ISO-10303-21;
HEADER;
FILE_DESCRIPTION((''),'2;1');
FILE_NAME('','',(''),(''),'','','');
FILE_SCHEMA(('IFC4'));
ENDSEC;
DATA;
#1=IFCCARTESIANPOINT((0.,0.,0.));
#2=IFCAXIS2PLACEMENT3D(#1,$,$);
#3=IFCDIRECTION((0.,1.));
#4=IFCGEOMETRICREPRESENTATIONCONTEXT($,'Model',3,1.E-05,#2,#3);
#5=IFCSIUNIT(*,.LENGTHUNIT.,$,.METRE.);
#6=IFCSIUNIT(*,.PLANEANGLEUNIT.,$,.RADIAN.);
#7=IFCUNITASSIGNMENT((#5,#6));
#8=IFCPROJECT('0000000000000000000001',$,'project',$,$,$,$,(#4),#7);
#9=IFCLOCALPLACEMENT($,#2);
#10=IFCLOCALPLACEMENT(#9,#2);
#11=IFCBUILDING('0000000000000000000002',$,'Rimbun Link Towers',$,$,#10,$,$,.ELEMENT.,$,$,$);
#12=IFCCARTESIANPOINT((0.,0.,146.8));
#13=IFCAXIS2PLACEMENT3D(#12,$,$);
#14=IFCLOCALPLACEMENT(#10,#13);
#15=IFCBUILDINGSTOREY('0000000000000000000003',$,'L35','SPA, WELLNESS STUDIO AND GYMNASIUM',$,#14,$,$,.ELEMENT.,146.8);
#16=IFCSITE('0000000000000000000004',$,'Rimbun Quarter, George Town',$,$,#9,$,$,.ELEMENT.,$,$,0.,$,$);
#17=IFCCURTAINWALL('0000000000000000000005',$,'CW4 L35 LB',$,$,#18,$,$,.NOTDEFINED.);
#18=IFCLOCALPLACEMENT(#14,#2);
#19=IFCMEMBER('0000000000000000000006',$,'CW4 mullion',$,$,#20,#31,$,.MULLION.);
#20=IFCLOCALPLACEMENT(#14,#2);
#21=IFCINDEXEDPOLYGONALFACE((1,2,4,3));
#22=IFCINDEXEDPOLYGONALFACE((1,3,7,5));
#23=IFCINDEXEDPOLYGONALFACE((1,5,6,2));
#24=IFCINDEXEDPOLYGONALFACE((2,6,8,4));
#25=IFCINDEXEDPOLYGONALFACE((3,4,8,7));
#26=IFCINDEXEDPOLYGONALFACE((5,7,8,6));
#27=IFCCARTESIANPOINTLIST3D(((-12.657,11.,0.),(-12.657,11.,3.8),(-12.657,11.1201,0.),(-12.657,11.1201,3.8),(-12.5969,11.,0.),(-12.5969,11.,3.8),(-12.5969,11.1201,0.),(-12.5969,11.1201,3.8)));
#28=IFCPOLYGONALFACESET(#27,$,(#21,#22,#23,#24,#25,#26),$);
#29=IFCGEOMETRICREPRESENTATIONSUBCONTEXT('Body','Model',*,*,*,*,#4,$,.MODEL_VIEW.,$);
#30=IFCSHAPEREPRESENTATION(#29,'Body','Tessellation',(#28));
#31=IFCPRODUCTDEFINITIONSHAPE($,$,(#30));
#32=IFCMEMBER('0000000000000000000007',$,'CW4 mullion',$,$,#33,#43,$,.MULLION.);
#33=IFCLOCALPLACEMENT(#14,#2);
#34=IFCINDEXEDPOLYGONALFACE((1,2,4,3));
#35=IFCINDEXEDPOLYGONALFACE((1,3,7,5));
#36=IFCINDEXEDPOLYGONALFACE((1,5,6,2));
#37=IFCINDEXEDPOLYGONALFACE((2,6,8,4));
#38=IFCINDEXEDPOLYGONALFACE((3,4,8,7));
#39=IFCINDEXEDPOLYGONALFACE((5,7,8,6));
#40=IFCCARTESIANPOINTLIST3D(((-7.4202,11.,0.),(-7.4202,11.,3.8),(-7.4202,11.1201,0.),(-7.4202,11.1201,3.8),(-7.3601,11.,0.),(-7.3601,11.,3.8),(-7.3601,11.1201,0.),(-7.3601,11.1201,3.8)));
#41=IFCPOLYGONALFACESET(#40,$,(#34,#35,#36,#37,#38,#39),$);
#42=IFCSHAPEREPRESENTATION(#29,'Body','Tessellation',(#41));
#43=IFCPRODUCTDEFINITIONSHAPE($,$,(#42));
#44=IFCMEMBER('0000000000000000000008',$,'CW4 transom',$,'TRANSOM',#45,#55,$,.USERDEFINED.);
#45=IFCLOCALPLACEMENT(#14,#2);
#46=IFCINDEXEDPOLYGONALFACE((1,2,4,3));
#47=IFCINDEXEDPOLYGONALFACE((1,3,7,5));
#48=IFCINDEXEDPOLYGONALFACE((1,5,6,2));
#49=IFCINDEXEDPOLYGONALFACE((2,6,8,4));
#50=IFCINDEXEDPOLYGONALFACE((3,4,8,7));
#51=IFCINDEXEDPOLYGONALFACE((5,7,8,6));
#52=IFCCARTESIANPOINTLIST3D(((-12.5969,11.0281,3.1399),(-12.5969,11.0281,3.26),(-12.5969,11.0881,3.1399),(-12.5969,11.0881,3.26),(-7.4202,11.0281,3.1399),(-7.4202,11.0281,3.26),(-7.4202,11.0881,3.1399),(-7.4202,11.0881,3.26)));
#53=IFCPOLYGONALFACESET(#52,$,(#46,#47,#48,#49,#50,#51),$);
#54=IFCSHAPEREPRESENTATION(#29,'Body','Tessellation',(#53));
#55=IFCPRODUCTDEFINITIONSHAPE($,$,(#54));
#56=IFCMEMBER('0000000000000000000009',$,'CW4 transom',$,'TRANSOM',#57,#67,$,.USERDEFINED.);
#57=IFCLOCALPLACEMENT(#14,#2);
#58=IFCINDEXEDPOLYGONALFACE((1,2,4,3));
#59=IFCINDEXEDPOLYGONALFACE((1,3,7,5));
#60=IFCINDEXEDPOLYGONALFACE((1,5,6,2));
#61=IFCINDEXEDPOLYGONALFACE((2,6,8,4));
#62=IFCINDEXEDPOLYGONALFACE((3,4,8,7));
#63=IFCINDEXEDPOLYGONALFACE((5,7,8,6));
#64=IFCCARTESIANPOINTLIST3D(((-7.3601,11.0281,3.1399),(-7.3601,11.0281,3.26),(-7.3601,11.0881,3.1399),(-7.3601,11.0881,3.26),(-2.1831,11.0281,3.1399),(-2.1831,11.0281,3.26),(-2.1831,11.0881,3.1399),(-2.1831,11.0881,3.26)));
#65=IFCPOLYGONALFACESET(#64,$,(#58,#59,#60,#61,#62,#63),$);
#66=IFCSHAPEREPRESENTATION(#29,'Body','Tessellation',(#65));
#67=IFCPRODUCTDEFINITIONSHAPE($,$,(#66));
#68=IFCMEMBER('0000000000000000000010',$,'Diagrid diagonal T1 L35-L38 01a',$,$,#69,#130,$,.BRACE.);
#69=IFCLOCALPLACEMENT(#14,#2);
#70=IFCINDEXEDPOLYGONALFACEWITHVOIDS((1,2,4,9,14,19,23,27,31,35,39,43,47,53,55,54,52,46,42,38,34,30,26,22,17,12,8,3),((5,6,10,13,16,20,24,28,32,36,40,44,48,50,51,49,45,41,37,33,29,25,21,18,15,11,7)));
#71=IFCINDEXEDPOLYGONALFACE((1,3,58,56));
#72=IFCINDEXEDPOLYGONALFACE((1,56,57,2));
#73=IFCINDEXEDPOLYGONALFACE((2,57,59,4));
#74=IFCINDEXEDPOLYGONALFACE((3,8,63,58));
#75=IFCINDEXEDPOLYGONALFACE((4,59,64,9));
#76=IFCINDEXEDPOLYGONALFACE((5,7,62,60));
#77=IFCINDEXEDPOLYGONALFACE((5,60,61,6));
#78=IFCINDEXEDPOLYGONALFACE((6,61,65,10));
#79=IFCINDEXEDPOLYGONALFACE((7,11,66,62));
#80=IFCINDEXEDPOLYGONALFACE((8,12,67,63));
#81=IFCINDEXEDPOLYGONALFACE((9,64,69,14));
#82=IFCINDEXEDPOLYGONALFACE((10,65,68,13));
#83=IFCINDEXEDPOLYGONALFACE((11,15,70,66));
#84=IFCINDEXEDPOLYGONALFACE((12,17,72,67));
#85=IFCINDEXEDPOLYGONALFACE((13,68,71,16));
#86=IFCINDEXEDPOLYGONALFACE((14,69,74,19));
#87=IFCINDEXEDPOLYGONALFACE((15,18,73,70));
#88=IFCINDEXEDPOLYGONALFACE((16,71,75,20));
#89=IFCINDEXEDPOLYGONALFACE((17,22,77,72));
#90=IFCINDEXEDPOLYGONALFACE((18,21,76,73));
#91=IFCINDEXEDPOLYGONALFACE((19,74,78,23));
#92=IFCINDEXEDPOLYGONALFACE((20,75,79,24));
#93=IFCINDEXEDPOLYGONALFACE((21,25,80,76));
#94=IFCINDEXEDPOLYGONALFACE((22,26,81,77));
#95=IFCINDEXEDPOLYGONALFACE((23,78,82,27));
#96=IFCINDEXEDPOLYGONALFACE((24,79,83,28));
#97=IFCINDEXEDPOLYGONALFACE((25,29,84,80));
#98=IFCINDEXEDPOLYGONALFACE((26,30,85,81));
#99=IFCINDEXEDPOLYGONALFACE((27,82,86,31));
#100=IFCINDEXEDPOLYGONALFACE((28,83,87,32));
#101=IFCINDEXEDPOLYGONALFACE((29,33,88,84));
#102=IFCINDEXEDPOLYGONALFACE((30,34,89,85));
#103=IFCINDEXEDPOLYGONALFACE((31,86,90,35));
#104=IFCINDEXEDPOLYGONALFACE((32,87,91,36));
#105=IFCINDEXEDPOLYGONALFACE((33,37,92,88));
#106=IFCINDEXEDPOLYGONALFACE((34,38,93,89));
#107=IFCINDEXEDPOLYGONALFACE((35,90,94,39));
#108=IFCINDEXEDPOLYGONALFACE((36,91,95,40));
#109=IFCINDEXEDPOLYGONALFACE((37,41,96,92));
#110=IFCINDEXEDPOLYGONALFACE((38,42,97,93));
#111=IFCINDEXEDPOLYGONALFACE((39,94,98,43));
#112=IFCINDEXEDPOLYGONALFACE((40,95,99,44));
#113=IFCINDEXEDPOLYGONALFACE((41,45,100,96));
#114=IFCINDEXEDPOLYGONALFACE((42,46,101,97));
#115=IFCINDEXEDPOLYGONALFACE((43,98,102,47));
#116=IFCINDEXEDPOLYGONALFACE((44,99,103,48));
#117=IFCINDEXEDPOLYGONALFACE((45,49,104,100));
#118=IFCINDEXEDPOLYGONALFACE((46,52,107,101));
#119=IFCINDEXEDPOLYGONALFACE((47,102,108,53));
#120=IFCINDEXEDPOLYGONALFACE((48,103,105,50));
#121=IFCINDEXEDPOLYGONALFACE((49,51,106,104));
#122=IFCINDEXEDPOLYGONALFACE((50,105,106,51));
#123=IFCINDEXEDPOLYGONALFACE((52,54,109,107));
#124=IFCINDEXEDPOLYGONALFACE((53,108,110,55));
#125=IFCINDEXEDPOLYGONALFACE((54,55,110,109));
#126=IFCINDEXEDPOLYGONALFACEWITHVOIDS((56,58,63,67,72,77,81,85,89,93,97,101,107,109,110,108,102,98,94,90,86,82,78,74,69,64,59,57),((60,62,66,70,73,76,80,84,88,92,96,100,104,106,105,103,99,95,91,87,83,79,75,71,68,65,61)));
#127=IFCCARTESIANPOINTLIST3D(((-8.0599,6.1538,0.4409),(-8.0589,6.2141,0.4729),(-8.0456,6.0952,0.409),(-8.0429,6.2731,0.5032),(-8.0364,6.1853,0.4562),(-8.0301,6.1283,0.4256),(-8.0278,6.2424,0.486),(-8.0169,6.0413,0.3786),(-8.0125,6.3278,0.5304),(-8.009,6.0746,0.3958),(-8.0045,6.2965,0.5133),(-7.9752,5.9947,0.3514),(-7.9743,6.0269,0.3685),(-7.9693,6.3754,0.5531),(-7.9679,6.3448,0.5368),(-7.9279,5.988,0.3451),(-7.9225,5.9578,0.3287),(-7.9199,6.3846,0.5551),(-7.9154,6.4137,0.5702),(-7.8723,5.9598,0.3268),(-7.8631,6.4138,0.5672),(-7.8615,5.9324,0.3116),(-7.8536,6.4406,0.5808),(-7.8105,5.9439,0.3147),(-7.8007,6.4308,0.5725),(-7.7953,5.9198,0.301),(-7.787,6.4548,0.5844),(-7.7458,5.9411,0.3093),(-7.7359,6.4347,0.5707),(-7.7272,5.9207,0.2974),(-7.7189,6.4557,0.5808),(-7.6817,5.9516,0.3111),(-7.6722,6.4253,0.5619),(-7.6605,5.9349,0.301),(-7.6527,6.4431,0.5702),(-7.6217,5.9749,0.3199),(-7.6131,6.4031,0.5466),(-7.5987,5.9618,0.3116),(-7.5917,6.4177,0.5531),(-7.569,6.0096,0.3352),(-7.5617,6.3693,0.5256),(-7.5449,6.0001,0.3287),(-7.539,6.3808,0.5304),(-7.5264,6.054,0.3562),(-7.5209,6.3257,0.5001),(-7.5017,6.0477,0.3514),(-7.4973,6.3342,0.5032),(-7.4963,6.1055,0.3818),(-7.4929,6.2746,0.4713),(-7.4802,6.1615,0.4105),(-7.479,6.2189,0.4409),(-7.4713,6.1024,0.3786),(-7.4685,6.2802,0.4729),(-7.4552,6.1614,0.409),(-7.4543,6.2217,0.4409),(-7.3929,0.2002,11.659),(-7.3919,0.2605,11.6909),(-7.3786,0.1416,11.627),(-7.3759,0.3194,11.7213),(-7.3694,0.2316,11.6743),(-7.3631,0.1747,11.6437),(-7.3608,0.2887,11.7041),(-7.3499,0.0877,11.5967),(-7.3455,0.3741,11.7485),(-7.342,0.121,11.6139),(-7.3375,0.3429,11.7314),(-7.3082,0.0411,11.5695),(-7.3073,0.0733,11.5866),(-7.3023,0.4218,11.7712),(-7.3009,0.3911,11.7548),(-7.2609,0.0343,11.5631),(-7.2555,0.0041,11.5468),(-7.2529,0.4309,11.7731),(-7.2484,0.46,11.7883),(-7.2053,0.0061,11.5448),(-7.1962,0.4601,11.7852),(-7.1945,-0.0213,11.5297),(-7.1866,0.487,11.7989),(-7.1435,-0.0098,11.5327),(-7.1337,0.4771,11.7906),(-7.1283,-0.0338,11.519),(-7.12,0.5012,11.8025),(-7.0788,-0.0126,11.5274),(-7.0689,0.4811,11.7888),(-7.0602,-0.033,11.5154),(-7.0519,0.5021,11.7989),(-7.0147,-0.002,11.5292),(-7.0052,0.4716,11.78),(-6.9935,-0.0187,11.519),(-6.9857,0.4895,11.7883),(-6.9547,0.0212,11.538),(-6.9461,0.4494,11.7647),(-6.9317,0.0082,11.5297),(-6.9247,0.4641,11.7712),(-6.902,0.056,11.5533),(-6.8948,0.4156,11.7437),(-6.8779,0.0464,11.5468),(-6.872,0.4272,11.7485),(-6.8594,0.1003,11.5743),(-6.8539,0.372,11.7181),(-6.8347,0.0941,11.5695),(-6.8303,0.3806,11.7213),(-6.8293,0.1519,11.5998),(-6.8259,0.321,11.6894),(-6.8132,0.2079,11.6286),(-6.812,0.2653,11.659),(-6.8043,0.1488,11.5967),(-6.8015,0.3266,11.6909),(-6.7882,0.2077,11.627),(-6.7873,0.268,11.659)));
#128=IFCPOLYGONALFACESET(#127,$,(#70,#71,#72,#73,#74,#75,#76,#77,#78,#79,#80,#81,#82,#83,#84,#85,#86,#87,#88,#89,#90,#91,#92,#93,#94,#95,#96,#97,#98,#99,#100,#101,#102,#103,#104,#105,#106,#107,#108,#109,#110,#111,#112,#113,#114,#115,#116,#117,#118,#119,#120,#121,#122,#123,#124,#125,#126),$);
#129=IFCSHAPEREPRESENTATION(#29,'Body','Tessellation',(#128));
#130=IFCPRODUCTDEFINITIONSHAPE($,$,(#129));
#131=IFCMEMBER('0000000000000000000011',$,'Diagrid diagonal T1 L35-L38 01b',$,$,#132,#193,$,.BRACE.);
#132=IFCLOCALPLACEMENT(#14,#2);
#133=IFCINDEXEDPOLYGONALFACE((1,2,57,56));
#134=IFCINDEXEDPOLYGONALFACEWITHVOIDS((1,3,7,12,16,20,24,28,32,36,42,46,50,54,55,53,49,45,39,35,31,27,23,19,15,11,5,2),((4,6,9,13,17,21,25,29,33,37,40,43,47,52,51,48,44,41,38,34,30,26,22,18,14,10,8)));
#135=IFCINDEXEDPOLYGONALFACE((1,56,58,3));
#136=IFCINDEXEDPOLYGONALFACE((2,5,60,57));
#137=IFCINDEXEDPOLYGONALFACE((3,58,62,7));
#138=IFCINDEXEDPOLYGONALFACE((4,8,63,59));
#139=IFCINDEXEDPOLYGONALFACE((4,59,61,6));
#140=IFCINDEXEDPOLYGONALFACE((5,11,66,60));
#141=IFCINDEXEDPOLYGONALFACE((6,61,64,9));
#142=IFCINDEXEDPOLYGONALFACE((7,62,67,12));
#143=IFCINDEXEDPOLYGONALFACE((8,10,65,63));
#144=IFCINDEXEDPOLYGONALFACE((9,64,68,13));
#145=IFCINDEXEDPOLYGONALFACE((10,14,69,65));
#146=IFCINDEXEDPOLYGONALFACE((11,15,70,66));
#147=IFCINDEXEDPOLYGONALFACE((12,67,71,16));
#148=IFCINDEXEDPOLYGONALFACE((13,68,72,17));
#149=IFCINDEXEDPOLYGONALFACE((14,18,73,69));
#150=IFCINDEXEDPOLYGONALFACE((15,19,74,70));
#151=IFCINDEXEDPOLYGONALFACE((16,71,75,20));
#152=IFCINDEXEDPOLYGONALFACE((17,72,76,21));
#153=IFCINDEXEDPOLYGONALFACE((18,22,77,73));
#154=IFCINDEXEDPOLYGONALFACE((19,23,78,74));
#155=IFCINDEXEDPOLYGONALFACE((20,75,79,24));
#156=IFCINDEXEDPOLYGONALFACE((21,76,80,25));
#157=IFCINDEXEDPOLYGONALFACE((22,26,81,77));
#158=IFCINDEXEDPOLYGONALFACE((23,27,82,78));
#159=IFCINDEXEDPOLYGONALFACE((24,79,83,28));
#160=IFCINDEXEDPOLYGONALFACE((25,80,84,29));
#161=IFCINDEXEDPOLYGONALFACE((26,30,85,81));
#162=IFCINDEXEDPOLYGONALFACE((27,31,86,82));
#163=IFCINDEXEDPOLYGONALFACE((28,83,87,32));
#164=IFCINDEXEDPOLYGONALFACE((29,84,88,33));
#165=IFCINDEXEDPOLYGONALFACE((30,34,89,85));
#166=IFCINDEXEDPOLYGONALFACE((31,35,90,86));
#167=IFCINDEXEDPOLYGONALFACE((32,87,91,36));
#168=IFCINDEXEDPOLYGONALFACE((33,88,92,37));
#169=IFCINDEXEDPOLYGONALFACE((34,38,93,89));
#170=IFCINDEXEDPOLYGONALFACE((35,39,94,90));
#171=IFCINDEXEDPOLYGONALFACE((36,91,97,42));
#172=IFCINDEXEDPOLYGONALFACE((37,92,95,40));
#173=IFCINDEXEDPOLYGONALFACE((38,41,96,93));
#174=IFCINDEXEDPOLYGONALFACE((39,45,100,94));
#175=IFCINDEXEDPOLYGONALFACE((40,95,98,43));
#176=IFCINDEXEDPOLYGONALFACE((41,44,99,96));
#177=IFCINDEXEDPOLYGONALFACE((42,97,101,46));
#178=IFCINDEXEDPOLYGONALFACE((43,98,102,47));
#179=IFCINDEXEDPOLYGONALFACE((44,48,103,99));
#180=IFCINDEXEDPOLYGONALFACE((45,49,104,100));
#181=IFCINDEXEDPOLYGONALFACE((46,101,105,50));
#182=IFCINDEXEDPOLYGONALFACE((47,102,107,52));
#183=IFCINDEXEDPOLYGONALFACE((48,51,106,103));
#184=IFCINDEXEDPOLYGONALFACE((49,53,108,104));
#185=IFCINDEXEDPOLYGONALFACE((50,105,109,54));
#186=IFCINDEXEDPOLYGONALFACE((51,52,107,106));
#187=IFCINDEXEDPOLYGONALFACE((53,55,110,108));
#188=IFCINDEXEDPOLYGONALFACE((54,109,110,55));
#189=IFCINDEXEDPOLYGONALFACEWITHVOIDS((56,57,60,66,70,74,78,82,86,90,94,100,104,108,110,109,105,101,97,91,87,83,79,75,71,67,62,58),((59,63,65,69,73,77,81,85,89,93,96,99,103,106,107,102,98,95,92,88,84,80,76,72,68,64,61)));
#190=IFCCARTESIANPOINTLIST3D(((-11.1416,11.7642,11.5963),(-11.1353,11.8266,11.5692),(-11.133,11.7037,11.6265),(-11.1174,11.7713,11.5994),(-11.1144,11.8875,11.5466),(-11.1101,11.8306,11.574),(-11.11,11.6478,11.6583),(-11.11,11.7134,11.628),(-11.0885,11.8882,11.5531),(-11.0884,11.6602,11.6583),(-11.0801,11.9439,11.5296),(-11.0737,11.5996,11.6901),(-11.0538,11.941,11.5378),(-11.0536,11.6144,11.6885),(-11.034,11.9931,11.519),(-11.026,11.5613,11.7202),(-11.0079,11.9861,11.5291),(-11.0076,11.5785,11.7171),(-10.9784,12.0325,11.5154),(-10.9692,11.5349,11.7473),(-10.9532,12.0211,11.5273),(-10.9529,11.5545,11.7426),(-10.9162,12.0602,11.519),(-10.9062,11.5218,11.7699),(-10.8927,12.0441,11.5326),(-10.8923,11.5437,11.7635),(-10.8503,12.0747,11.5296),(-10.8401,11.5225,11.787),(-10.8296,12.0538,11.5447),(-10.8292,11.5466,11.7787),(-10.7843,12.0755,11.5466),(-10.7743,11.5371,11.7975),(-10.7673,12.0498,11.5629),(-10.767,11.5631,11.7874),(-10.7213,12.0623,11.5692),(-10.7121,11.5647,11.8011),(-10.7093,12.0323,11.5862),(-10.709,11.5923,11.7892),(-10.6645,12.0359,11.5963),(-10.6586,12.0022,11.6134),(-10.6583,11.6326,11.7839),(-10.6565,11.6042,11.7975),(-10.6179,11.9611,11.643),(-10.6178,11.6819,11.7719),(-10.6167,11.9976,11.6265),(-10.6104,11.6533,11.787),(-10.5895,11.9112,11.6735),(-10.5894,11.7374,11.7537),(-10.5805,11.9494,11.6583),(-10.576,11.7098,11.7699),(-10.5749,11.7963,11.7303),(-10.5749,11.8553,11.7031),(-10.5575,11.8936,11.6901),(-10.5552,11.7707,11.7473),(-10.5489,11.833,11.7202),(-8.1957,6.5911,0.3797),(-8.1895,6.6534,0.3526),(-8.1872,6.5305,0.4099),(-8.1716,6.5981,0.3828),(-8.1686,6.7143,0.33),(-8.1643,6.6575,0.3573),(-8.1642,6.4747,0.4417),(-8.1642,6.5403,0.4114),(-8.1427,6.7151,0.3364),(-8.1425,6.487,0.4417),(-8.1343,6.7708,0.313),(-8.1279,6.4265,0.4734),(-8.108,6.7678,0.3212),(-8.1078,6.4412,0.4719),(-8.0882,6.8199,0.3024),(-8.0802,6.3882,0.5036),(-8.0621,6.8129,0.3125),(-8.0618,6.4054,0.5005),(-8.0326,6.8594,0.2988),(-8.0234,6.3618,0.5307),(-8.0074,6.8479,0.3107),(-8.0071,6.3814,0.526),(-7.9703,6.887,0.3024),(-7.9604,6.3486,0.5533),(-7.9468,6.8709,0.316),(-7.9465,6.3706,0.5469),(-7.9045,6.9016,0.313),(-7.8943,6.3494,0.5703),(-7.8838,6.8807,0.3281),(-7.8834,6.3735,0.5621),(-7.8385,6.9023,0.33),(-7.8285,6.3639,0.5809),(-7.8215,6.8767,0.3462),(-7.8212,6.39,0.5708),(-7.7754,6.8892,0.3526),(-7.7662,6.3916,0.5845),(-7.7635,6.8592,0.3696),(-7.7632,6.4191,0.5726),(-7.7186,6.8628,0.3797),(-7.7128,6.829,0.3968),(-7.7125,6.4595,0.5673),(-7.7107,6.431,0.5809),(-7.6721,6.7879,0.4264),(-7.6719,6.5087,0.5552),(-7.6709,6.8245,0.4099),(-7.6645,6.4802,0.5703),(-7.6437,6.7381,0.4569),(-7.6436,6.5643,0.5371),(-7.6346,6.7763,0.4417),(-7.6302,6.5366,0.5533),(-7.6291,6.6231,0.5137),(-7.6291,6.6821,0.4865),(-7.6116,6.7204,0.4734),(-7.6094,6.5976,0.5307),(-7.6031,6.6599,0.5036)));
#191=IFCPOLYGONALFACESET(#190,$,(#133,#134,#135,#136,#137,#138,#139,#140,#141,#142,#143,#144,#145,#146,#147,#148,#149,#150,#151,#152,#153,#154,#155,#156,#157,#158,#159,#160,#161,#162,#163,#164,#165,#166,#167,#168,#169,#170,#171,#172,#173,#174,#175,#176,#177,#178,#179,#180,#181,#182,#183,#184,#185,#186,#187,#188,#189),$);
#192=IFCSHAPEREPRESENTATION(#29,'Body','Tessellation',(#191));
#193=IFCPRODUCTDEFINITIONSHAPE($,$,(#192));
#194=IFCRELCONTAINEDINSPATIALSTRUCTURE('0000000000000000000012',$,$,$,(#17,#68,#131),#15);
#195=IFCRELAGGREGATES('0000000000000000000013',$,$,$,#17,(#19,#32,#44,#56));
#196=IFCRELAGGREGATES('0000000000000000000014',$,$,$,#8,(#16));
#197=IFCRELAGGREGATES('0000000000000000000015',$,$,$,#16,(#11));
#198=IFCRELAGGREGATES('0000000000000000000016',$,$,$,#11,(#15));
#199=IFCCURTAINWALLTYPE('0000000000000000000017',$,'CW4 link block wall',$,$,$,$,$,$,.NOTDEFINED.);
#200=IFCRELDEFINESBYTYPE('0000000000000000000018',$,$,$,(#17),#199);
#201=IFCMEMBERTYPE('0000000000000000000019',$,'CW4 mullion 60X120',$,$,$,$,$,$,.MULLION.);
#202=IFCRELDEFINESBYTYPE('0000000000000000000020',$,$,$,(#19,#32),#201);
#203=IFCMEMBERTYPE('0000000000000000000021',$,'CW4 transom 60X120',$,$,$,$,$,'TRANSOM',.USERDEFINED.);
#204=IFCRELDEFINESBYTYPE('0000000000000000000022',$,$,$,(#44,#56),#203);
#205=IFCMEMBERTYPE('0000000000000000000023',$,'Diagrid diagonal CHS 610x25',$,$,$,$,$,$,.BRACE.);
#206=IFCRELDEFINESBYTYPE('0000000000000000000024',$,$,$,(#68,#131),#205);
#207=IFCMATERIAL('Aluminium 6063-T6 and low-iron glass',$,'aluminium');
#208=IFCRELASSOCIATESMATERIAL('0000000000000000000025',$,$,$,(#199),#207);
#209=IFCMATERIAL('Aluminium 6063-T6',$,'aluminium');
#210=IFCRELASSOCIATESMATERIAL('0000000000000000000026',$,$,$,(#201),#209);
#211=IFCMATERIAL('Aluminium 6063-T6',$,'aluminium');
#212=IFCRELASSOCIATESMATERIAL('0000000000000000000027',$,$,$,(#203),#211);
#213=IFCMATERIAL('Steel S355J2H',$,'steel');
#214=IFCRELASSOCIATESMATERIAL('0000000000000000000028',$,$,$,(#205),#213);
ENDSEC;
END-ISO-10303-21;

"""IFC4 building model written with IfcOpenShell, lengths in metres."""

from ifc_helpers import new_model, si_unit, direction, frame, origin, origin_2d, place, context, subcontext, project, spatial, rectangle, hollow_circle, extrude, material, material_profile, profile_set, type_object, element, aggregate, save


model = new_model("IFC4")

# Units and contexts
model_context = context("Model", 3, precision=1e-05, world=origin(), true_north=direction((0.0, 1.0)))
body_context = subcontext(model_context, "Body", "Model", "MODEL_VIEW")
ifc_project = project(units=[si_unit("LENGTHUNIT", "METRE"), si_unit("PLANEANGLEUNIT", "RADIAN")], contexts=[model_context])

# Site, building, storey
site_placement = place(None, origin())
site = spatial("IfcSite", under=ifc_project, at=site_placement, Name="Rimbun Quarter, George Town", CompositionType="ELEMENT", RefElevation=0.0)
building_placement = place(site_placement, origin())
building = spatial("IfcBuilding", under=site, at=building_placement, Name="Rimbun Link Towers", CompositionType="ELEMENT")
storey_placement = place(building_placement, frame((0.0, 0.0, 146.8)))
storey = spatial("IfcBuildingStorey", under=building, at=storey_placement, Name="L35", Description="SPA, WELLNESS STUDIO AND GYMNASIUM", CompositionType="ELEMENT", Elevation=146.8)

# Curtain wall, members
ifc_material_1 = material(Name="Aluminium 6063-T6 and low-iron glass", Category="aluminium")
curtain_wall_type = type_object("IfcCurtainWallType", Name="CW4 link block wall", PredefinedType="NOTDEFINED", material=ifc_material_1)
curtain_wall_placement = place(storey_placement, origin())
curtain_wall = element("IfcCurtainWall", 1, at=curtain_wall_placement, inside=storey, type_object=curtain_wall_type, Name="CW4 L35 LB", PredefinedType="NOTDEFINED")
ifc_material_2 = material(Name="Aluminium 6063-T6", Category="aluminium")
ifc_material_profile_1 = material_profile(ifc_material_2, rectangle(XDim=0.1201, YDim=0.0601, at=origin_2d()), Name="MULLION 60X120")
ifc_profile_set_1 = profile_set([ifc_material_profile_1], Name="Aluminium 6063-T6")
member_type_1 = type_object("IfcMemberType", Name="CW4 mullion 60X120", PredefinedType="MULLION", material=ifc_profile_set_1)
member_1_placement = place(storey_placement, frame((-12.627, 11.0601, 0.0), z_axis=(0.0, 0.0, 1.0), x_axis=(0.0, 1.0, 0.0)))
member_1 = element("IfcMember", 2, at=member_1_placement, type_object=member_type_1, Name="CW4 mullion", PredefinedType="MULLION", context=body_context, shape_type="SweptSolid", body=[
    extrude(rectangle(XDim=0.1201, YDim=0.0601, at=origin_2d()), origin(), (0.0, 0.0, 1.0), 3.8),
])
member_2_placement = place(storey_placement, frame((-7.3901, 11.0601, 0.0), z_axis=(0.0, 0.0, 1.0), x_axis=(0.0, 1.0, 0.0)))
member_2 = element("IfcMember", 3, at=member_2_placement, type_object=member_type_1, Name="CW4 mullion", PredefinedType="MULLION", context=body_context, shape_type="SweptSolid", body=[
    extrude(rectangle(XDim=0.1201, YDim=0.0601, at=origin_2d()), origin(), (0.0, 0.0, 1.0), 3.8),
])
ifc_material_3 = material(Name="Aluminium 6063-T6", Category="aluminium")
ifc_material_profile_2 = material_profile(ifc_material_3, rectangle(XDim=0.0601, YDim=0.1201, at=origin_2d()), Name="TRANSOM 60X120")
ifc_profile_set_2 = profile_set([ifc_material_profile_2], Name="Aluminium 6063-T6")
member_type_2 = type_object("IfcMemberType", Name="CW4 transom 60X120", ElementType="TRANSOM", PredefinedType="USERDEFINED", material=ifc_profile_set_2)
member_3_placement = place(storey_placement, frame((-12.5969, 11.0581, 3.2), z_axis=(1.0, 0.0, 0.0), x_axis=(0.0, 1.0, 0.0)))
member_3 = element("IfcMember", 4, at=member_3_placement, type_object=member_type_2, Name="CW4 transom", ObjectType="TRANSOM", PredefinedType="USERDEFINED", context=body_context, shape_type="SweptSolid", body=[
    extrude(rectangle(XDim=0.0601, YDim=0.1201, at=origin_2d()), origin(), (0.0, 0.0, 1.0), 5.1768),
])
member_4_placement = place(storey_placement, frame((-7.3601, 11.0581, 3.2), z_axis=(1.0, 0.0, 0.0), x_axis=(0.0, 1.0, 0.0)))
member_4 = element("IfcMember", 5, at=member_4_placement, type_object=member_type_2, Name="CW4 transom", ObjectType="TRANSOM", PredefinedType="USERDEFINED", context=body_context, shape_type="SweptSolid", body=[
    extrude(rectangle(XDim=0.0601, YDim=0.1201, at=origin_2d()), origin(), (0.0, 0.0, 1.0), 5.177),
])

# Members
ifc_material_4 = material(Name="Steel S355J2H", Category="steel")
ifc_material_profile_3 = material_profile(ifc_material_4, hollow_circle(Radius=0.3047, WallThickness=0.0249, at=origin_2d()), Name="Diagrid diagonal CHS 610x25")
ifc_profile_set_3 = profile_set([ifc_material_profile_3], Name="Steel S355J2H")
member_type_3 = type_object("IfcMemberType", Name="Diagrid diagonal CHS 610x25", PredefinedType="BRACE", material=ifc_profile_set_3)
member_5_placement = place(storey_placement, frame((-7.7571, 6.1877, 0.4409), z_axis=(0.052447, -0.468144, 0.882094), x_axis=(0.993783, 0.111335, 0.0)))
element("IfcMember", 6, at=member_5_placement, inside=storey, type_object=member_type_3, Name="Diagrid diagonal T1 L35-L38 01a", PredefinedType="BRACE", context=body_context, shape_type="SweptSolid", body=[
    extrude(hollow_circle(Radius=0.3047, WallThickness=0.0249, at=origin_2d()), origin(), (0.0, 0.0, 1.0), 12.7175),
])
member_6_placement = place(storey_placement, frame((-7.8994, 6.6255, 0.4417), z_axis=(-0.231982, 0.407381, 0.883303), x_axis=(-0.868984, -0.49484, 0.0)))
element("IfcMember", 7, at=member_6_placement, inside=storey, type_object=member_type_3, Name="Diagrid diagonal T1 L35-L38 01b", PredefinedType="BRACE", context=body_context, shape_type="SweptSolid", body=[
    extrude(hollow_circle(Radius=0.3047, WallThickness=0.0249, at=origin_2d()), origin(), (0.0, 0.0, 1.0), 12.6985),
])

aggregate(curtain_wall, [member_1, member_2, member_3, member_4])

save(model, "model.ifc")
